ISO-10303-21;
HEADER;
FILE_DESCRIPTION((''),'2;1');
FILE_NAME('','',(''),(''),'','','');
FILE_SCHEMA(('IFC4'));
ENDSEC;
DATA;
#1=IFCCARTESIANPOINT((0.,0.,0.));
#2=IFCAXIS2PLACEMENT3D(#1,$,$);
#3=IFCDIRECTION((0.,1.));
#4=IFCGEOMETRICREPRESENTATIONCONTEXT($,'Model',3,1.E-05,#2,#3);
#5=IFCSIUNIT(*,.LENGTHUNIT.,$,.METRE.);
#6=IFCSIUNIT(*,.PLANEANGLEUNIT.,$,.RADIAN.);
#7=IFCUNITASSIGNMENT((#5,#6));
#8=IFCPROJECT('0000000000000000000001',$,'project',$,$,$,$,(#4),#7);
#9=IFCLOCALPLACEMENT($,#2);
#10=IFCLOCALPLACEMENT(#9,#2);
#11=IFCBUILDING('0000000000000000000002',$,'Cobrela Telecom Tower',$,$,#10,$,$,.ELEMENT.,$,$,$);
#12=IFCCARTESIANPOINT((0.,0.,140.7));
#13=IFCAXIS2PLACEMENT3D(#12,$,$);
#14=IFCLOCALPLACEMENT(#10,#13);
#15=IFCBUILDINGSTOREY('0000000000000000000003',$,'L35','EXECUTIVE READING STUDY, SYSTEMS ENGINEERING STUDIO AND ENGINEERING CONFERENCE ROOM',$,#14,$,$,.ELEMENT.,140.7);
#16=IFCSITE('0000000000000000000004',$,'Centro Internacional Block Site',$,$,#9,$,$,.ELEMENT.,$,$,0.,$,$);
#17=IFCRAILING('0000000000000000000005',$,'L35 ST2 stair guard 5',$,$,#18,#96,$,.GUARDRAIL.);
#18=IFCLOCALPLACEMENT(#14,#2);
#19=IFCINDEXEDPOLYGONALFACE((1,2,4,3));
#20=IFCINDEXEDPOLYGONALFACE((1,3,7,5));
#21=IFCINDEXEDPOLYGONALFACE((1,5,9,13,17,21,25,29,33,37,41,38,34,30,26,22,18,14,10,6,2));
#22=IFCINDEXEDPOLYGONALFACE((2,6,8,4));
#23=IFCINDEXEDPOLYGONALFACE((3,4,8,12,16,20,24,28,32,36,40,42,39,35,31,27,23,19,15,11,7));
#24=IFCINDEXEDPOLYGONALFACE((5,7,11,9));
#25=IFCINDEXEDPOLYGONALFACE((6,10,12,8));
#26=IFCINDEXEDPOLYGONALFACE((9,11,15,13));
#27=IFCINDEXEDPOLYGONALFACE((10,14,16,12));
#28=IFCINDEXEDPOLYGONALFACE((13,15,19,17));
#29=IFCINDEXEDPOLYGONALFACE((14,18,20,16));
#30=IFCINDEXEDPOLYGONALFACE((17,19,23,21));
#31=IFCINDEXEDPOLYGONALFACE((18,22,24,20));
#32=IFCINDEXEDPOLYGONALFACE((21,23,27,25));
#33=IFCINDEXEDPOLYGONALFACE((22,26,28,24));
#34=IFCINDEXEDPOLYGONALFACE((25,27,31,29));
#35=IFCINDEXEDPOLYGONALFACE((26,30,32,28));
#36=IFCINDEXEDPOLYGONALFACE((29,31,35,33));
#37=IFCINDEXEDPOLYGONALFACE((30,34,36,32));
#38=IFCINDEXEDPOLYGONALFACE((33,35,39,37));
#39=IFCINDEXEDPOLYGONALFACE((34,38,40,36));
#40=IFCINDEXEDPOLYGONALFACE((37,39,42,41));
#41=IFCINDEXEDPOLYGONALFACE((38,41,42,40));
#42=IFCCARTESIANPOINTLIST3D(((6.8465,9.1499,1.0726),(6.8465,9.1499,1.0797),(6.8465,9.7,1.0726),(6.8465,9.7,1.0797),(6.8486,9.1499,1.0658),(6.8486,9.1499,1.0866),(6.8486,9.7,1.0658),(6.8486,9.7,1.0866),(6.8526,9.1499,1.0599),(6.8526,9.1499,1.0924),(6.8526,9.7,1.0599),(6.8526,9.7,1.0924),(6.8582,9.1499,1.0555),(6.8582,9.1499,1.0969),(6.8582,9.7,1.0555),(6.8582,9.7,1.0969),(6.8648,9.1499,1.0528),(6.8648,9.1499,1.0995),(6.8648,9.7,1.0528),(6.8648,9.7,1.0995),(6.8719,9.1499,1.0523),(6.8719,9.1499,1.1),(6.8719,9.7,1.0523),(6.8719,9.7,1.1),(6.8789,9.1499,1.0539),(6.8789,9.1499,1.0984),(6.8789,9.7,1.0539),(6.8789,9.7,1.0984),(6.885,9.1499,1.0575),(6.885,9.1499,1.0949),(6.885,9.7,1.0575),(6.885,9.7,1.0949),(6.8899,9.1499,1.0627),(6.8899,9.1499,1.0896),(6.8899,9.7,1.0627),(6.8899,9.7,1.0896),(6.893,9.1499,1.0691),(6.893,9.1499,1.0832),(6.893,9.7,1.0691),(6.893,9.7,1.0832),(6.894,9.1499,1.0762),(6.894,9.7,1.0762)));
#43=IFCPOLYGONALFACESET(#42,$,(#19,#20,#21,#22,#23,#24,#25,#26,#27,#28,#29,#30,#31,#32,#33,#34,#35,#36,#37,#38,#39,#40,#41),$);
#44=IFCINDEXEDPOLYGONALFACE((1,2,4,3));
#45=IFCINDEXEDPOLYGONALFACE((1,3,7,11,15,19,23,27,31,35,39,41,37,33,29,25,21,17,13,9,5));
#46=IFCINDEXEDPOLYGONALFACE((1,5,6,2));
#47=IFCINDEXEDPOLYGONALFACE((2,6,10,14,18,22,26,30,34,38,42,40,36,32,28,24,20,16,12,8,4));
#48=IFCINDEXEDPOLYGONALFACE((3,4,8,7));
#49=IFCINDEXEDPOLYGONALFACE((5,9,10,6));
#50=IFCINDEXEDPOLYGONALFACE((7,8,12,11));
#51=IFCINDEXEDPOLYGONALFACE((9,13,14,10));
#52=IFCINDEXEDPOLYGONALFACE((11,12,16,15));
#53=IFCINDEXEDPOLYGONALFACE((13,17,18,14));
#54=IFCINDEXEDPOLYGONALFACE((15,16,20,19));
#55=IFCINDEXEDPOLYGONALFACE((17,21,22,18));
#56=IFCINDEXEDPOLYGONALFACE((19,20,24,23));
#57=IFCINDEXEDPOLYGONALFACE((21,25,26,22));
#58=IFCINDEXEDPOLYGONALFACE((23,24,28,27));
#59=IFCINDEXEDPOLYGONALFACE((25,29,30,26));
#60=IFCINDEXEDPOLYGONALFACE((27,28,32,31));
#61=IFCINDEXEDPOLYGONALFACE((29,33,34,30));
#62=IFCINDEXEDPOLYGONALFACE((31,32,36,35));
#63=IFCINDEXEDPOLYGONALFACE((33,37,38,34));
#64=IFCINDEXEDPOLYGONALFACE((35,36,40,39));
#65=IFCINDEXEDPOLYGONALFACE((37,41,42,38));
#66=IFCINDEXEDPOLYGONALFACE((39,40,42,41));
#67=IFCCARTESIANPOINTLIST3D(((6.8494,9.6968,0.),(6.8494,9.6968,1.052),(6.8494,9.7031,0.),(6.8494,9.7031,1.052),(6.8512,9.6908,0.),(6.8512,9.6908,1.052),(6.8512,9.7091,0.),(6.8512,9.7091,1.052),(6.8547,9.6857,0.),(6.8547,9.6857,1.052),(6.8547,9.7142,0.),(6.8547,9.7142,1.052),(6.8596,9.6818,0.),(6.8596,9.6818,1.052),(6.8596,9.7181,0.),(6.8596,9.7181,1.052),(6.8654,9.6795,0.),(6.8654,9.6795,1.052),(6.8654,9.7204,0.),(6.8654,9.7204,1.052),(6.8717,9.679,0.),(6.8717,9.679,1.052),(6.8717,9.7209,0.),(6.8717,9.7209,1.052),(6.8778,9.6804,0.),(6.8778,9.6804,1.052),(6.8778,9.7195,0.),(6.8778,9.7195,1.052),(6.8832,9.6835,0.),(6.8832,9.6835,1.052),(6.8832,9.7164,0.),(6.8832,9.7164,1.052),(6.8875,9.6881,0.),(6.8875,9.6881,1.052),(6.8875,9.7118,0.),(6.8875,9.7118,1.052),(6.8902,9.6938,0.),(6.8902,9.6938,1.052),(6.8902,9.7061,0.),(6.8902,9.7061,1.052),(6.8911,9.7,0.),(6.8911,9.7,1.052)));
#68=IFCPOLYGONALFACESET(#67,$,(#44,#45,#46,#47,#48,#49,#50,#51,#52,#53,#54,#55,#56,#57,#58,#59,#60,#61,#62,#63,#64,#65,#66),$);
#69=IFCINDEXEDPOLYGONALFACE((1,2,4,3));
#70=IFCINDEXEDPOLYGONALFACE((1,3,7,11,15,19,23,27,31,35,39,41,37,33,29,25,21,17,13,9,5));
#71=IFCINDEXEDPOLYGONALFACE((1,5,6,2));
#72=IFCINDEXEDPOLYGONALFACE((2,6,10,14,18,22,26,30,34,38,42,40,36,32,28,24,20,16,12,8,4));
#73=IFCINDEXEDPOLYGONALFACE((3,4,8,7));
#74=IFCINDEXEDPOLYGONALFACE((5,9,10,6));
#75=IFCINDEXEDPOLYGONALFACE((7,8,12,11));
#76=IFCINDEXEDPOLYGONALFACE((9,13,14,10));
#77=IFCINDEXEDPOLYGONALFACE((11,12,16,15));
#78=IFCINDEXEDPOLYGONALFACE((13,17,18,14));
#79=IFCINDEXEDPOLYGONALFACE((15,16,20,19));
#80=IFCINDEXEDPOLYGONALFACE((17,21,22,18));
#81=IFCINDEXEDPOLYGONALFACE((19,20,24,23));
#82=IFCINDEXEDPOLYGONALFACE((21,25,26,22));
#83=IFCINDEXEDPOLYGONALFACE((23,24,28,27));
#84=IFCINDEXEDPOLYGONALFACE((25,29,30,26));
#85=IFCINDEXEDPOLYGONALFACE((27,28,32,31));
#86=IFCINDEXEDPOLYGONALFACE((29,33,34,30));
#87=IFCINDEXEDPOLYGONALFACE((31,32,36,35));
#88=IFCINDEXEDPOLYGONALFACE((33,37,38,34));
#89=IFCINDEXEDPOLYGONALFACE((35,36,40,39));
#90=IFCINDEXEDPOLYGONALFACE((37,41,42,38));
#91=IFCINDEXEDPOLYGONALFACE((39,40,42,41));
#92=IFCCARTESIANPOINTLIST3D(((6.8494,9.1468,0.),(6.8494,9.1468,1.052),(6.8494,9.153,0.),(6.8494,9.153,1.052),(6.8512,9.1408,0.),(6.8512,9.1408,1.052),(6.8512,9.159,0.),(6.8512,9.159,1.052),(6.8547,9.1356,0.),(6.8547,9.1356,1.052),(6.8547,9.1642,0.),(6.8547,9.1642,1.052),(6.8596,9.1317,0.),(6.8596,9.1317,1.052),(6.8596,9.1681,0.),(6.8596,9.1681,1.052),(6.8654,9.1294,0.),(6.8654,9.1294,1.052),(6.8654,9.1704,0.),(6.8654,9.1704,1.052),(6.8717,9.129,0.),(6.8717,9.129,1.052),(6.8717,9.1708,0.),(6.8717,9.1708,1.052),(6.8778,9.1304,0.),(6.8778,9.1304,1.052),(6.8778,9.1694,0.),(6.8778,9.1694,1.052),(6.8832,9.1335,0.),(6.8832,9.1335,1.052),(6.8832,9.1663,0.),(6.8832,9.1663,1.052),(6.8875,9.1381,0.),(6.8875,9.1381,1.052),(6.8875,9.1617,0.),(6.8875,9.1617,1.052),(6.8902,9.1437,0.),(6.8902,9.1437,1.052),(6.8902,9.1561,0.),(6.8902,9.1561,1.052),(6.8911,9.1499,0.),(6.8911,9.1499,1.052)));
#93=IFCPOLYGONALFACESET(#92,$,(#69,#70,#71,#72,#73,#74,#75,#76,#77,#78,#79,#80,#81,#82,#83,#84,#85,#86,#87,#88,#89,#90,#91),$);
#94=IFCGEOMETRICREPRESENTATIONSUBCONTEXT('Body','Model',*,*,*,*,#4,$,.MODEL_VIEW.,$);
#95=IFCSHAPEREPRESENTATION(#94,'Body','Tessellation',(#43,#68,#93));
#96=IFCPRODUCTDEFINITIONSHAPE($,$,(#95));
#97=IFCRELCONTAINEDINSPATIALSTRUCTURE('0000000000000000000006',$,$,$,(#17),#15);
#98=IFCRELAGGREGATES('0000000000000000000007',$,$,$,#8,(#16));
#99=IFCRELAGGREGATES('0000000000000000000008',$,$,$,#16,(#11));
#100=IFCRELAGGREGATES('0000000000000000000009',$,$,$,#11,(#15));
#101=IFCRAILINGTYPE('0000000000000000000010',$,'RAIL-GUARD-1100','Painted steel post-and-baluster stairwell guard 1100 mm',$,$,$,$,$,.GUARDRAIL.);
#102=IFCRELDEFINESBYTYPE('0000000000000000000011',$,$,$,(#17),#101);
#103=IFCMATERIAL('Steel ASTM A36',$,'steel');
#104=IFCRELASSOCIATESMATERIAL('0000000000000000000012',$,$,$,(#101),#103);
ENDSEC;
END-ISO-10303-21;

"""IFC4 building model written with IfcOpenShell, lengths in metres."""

from ifc_helpers import new_model, si_unit, direction, frame, origin, origin_2d, place, context, subcontext, project, spatial, circle, extrude, material, type_object, element, save


model = new_model("IFC4")

# Units and contexts
model_context = context("Model", 3, precision=1e-05, world=origin(), true_north=direction((0.0, 1.0)))
body_context = subcontext(model_context, "Body", "Model", "MODEL_VIEW")
ifc_project = project(units=[si_unit("LENGTHUNIT", "METRE"), si_unit("PLANEANGLEUNIT", "RADIAN")], contexts=[model_context])

# Site, building, storey
site_placement = place(None, origin())
site = spatial("IfcSite", under=ifc_project, at=site_placement, Name="Centro Internacional Block Site", CompositionType="ELEMENT", RefElevation=0.0)
building_placement = place(site_placement, origin())
building = spatial("IfcBuilding", under=site, at=building_placement, Name="Cobrela Telecom Tower", CompositionType="ELEMENT")
storey_placement = place(building_placement, frame((0.0, 0.0, 140.7)))
storey = spatial("IfcBuildingStorey", under=building, at=storey_placement, Name="L35", Description="EXECUTIVE READING STUDY, SYSTEMS ENGINEERING STUDIO AND ENGINEERING CONFERENCE ROOM", CompositionType="ELEMENT", Elevation=140.7)

# Shared definitions
ifc_material_1 = material(Name="Steel ASTM A36", Category="steel")

# Railing
railing_type_1 = type_object("IfcRailingType", Name="RAIL-GUARD-1100", Description="Painted steel post-and-baluster stairwell guard 1100 mm", PredefinedType="GUARDRAIL", material=ifc_material_1)
railing_1_placement = place(storey_placement, frame((6.8701, 9.7, 0.0)))
element("IfcRailing", 1, at=railing_1_placement, inside=storey, type_object=railing_type_1, Name="L35 ST2 stair guard 5", PredefinedType="GUARDRAIL", context=body_context, shape_type="SweptSolid", body=[
    extrude(circle(Radius=0.0239, at=origin_2d()), frame((0.0, 0.0, 1.0762), z_axis=(0.0, -1.0, 0.0), x_axis=(1.0, 0.0, 0.0)), (0.0, 0.0, 1.0), 0.55),
    extrude(circle(Radius=0.021, at=origin_2d()), origin(), (0.0, 0.0, 1.0), 1.052),
    extrude(circle(Radius=0.021, at=origin_2d()), frame((0.0, -0.55, 0.0)), (0.0, 0.0, 1.0), 1.052),
])

save(model, "model.ifc")
